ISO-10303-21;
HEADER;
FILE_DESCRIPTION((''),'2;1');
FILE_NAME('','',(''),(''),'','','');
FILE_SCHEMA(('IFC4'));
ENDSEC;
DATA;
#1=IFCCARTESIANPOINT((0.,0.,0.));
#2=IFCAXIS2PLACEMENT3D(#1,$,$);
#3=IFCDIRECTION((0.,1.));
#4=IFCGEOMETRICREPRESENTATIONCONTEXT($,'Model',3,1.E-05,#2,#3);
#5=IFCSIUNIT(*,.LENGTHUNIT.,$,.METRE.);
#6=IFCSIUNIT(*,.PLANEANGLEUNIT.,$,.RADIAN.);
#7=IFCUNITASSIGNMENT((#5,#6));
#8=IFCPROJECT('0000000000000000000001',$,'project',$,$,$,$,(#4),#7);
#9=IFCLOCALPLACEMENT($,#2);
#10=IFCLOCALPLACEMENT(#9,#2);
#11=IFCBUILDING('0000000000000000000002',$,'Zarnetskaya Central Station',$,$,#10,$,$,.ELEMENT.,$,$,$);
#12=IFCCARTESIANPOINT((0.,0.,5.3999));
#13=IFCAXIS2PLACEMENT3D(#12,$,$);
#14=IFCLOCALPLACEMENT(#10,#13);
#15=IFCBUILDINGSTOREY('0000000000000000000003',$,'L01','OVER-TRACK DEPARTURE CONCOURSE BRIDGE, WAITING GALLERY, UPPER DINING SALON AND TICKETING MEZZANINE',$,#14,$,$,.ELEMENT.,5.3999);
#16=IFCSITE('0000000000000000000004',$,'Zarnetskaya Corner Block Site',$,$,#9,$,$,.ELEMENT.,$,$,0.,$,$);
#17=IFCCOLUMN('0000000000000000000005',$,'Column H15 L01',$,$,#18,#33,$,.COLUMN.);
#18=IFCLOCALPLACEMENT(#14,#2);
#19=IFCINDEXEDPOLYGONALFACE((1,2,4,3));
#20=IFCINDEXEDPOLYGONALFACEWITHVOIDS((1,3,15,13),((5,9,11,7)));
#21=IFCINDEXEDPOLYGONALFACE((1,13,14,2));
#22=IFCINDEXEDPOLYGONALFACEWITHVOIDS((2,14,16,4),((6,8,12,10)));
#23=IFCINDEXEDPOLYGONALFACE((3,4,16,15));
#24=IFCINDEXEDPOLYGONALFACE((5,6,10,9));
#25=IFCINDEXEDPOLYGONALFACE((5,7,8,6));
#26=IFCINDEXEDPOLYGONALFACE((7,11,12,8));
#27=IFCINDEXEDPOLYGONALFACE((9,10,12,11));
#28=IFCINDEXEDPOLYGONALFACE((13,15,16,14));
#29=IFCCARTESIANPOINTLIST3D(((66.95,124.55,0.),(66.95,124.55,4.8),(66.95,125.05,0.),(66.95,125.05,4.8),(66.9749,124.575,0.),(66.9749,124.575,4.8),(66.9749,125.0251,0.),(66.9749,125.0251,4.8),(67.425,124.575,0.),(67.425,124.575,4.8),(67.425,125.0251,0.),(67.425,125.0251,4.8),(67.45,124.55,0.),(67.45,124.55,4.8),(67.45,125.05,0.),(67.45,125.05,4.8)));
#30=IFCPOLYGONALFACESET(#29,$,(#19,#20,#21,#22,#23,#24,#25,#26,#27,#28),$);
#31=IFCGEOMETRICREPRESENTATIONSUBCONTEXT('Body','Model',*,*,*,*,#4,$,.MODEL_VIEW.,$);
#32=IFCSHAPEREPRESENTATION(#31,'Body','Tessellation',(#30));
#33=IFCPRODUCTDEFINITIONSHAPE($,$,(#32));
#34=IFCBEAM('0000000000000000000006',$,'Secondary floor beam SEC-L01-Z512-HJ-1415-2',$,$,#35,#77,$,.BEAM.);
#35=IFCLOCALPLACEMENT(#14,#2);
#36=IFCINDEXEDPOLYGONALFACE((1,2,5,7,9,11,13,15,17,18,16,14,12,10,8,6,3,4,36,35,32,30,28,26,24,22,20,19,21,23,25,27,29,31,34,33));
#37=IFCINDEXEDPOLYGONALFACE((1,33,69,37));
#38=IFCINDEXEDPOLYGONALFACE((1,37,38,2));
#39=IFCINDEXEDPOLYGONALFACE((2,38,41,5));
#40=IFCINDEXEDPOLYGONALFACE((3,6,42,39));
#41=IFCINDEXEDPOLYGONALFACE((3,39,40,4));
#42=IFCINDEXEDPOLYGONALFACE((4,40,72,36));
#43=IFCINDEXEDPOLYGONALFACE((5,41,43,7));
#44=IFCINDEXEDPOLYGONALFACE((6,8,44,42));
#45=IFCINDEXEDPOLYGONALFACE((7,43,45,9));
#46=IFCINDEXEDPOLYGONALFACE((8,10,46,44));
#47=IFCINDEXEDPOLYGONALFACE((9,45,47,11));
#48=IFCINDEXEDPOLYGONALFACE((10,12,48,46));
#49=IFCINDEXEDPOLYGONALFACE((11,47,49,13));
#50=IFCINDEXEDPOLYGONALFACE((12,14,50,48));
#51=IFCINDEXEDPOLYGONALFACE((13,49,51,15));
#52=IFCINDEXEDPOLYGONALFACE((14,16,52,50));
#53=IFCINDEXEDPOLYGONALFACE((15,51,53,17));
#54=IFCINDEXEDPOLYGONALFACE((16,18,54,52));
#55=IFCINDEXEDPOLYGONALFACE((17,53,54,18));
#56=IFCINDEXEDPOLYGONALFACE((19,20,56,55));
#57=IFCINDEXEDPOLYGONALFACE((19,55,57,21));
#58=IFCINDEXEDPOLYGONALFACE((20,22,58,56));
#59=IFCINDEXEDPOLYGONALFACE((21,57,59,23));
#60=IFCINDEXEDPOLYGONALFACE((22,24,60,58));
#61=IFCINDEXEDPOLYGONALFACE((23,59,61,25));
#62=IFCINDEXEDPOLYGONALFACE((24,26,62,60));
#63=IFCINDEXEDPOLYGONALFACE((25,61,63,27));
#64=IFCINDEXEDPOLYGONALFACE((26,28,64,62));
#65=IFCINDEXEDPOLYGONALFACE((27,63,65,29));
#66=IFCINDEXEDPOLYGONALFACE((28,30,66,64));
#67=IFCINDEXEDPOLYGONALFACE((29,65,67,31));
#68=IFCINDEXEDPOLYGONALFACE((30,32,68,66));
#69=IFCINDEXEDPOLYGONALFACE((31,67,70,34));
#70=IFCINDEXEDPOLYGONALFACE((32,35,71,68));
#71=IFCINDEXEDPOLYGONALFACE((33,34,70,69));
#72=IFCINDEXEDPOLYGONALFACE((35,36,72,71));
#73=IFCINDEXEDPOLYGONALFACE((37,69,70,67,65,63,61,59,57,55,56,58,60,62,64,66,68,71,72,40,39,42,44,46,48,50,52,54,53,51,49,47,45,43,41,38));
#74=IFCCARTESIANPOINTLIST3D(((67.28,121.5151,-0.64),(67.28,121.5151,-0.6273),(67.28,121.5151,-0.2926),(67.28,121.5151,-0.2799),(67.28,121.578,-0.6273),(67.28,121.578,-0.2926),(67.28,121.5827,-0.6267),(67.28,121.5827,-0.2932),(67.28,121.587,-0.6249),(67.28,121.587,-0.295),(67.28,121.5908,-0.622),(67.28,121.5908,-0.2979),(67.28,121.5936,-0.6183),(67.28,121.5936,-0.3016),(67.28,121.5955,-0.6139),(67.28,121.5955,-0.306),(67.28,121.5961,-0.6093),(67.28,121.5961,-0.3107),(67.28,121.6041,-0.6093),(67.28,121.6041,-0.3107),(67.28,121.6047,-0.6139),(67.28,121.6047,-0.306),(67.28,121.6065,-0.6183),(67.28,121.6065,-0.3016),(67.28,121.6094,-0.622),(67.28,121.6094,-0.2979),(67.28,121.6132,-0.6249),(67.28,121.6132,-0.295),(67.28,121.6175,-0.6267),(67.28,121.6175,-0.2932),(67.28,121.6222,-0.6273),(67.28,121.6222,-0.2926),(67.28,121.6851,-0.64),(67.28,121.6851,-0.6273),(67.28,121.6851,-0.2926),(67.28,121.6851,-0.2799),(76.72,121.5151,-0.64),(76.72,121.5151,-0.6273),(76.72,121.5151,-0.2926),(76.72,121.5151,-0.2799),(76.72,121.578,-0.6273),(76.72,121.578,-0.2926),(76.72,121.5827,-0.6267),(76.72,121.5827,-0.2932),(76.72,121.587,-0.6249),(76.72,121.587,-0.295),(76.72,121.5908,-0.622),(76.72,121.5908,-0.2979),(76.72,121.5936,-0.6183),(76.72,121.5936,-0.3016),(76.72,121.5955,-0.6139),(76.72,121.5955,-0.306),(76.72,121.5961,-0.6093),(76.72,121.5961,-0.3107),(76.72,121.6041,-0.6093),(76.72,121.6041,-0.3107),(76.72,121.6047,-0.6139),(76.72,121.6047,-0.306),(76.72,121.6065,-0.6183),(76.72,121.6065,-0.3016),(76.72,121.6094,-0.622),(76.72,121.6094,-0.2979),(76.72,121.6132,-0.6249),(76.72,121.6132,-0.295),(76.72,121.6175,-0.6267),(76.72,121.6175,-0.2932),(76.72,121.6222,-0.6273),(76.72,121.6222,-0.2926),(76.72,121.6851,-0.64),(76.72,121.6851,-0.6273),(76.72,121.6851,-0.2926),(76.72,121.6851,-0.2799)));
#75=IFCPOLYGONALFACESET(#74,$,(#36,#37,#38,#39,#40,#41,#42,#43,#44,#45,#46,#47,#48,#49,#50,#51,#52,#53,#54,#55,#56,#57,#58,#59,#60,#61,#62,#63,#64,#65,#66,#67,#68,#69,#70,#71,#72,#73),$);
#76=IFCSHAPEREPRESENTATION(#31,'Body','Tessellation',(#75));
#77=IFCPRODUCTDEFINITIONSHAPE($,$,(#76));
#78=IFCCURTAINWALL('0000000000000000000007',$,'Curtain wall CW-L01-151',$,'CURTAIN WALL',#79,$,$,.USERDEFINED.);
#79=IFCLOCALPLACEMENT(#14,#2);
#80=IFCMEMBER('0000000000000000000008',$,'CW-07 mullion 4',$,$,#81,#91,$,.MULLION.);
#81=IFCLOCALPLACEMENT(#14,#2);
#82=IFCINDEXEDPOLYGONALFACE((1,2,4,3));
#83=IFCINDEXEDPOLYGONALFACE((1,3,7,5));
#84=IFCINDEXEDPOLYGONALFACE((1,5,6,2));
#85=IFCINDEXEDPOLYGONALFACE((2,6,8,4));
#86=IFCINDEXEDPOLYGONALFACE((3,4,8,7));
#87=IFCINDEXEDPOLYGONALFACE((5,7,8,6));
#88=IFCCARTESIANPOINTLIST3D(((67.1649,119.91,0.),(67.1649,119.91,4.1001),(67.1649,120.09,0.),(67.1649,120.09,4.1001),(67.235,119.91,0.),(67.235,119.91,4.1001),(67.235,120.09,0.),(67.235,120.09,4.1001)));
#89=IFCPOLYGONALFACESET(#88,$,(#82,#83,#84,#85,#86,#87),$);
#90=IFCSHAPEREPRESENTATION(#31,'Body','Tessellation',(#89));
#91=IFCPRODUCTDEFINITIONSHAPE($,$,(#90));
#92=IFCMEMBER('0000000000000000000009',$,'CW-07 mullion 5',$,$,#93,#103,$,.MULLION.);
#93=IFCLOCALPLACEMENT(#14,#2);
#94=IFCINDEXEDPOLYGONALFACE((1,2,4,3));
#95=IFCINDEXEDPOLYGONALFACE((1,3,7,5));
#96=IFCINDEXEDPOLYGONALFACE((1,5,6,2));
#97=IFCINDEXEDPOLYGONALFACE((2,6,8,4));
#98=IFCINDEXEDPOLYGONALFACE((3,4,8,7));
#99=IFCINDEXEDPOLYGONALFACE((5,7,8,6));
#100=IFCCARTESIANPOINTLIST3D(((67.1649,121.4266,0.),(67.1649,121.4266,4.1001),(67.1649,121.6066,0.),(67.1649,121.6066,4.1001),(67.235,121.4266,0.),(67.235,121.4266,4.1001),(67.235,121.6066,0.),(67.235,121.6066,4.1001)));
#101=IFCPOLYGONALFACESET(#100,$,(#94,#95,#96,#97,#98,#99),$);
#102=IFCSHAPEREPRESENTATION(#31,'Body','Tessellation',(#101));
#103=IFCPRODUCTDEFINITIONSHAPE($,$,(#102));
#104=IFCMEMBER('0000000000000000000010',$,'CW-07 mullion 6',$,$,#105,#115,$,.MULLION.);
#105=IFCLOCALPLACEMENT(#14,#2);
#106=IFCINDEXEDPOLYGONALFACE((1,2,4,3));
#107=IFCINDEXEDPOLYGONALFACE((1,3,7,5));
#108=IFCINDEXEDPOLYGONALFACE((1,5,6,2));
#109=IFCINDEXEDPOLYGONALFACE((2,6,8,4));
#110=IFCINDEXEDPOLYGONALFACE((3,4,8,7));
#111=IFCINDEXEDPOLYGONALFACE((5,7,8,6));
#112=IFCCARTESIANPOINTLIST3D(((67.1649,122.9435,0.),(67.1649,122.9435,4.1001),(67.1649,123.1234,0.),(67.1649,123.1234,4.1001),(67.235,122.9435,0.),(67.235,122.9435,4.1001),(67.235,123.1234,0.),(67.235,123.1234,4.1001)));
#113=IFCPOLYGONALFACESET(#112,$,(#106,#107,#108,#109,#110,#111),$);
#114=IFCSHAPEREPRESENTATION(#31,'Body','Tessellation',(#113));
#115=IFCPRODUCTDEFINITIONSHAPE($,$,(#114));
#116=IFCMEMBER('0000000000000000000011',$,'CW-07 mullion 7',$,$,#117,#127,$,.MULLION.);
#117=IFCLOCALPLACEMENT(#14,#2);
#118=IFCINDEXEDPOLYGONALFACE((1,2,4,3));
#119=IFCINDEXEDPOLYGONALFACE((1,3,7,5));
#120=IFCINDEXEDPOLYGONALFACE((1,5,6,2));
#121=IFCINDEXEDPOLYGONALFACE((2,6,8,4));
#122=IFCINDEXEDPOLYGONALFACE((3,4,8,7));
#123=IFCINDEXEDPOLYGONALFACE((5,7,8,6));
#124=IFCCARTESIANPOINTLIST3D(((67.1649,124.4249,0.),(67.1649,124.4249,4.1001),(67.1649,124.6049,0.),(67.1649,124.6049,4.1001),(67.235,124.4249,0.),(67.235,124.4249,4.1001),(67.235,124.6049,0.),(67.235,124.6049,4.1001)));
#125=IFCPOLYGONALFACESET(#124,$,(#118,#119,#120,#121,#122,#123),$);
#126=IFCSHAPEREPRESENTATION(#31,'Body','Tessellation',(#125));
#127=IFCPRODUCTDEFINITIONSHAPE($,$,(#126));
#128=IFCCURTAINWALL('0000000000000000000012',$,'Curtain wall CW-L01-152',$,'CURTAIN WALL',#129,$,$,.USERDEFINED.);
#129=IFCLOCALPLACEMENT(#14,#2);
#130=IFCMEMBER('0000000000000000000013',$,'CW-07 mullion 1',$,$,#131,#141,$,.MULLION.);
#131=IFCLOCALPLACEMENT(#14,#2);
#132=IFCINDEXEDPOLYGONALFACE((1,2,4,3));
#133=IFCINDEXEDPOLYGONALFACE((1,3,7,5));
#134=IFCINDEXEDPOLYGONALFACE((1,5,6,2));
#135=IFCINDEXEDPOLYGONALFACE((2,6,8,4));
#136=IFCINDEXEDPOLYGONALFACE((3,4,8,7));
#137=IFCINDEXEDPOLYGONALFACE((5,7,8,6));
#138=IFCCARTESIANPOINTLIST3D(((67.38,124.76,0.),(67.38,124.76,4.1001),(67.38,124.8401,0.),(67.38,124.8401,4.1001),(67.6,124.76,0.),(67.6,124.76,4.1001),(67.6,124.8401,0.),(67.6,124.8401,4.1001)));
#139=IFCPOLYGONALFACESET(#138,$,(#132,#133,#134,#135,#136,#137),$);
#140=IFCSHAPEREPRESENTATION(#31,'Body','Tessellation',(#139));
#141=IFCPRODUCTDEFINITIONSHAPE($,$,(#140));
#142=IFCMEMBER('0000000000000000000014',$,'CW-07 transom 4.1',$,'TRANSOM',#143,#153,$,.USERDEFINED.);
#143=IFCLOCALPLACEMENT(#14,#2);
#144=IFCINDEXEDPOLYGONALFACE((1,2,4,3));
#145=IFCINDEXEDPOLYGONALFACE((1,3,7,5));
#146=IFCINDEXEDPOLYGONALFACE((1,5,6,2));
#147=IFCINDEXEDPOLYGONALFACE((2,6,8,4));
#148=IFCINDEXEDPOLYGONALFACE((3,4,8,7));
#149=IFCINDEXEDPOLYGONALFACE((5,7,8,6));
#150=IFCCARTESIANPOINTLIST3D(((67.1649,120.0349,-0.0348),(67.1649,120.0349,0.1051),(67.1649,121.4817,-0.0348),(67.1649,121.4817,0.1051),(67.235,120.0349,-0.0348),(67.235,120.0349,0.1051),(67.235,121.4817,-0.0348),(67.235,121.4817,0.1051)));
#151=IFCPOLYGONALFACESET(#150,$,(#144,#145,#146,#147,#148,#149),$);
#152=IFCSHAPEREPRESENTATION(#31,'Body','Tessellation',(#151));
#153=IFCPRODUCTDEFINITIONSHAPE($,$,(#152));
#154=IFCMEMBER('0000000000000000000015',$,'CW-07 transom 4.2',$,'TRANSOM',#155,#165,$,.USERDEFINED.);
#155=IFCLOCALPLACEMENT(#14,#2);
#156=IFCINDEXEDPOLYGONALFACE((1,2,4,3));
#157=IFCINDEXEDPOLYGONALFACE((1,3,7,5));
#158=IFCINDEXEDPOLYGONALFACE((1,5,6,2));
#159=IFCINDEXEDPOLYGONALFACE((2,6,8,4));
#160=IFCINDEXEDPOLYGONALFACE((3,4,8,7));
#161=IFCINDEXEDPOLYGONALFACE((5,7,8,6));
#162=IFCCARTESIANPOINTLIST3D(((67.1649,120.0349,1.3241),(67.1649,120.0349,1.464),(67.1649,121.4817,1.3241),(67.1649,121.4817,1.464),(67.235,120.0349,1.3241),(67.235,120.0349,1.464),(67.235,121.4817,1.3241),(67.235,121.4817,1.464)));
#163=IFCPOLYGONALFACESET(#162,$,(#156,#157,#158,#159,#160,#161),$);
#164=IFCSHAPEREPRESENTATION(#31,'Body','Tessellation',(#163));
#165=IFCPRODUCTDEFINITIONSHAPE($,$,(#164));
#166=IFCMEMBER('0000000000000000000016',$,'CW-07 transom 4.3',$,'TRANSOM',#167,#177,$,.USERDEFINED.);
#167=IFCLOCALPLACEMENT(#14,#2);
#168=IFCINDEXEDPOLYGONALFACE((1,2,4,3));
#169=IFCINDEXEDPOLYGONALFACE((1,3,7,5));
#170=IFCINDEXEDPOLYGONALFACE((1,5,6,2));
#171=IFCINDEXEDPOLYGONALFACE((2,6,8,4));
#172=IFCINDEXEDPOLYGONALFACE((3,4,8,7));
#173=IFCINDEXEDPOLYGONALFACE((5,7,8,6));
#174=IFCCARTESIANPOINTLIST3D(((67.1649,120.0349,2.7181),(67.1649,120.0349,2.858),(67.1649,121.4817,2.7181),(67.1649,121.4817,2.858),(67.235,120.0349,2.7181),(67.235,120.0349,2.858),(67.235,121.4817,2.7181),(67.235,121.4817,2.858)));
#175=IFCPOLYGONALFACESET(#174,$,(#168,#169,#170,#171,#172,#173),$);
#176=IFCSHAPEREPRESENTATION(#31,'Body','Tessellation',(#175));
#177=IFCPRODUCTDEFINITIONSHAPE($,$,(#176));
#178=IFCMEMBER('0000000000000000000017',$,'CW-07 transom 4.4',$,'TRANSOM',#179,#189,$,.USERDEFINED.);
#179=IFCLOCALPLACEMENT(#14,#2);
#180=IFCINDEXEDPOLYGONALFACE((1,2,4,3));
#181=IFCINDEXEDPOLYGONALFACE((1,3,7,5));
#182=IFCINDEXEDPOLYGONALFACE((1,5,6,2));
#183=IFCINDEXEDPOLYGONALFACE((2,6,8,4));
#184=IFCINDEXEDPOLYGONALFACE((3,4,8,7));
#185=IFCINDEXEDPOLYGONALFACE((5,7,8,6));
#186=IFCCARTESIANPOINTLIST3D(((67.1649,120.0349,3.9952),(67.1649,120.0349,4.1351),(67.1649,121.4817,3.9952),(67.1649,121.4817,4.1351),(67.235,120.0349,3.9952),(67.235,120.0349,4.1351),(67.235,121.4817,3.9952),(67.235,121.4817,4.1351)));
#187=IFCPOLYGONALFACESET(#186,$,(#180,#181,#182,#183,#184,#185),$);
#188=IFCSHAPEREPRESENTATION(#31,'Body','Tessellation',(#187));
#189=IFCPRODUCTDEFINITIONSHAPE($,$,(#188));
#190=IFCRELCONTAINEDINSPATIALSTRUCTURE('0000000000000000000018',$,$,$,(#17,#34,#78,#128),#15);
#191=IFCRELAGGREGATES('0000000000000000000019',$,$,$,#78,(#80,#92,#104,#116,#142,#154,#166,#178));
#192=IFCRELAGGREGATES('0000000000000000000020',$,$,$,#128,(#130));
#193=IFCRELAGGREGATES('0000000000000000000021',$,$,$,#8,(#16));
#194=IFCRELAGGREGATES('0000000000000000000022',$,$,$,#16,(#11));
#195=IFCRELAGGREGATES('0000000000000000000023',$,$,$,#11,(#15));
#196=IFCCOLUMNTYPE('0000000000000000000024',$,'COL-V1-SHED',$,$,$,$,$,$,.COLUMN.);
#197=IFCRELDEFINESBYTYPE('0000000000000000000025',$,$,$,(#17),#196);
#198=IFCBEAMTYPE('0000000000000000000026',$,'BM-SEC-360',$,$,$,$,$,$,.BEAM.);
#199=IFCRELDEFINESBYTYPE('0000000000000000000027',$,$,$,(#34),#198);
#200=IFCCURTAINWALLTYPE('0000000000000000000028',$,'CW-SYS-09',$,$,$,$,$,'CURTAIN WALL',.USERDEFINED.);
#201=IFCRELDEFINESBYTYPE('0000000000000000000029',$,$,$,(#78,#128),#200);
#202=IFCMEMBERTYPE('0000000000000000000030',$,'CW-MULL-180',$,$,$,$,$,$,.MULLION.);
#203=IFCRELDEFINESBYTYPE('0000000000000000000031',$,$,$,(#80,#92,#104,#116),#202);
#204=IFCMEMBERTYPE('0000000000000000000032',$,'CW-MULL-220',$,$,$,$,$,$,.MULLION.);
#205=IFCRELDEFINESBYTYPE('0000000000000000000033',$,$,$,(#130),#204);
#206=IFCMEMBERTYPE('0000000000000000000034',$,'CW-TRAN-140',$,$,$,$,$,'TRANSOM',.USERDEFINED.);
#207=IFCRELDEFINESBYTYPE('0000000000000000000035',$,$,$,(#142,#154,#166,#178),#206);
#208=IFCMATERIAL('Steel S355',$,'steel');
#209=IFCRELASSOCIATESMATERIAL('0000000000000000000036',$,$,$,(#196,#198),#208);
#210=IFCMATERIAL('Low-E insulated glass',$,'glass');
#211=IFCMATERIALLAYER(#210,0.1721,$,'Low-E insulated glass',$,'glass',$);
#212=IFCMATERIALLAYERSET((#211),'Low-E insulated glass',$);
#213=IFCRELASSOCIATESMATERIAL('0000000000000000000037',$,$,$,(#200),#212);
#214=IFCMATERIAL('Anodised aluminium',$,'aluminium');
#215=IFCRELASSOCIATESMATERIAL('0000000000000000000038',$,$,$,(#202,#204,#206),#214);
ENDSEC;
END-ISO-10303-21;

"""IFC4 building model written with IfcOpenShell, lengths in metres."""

from ifc_helpers import new_model, si_unit, direction, frame, origin, origin_2d, place, context, subcontext, project, spatial, rectangle, hollow_rectangle, i_section, extrude, material, layer, layer_set, material_profile, profile_set, type_object, element, aggregate, save


model = new_model("IFC4")

# Units and contexts
model_context = context("Model", 3, precision=1e-05, world=origin(), true_north=direction((0.0, 1.0)))
body_context = subcontext(model_context, "Body", "Model", "MODEL_VIEW")
ifc_project = project(units=[si_unit("LENGTHUNIT", "METRE"), si_unit("PLANEANGLEUNIT", "RADIAN")], contexts=[model_context])

# Site, building, storey
site_placement = place(None, origin())
site = spatial("IfcSite", under=ifc_project, at=site_placement, Name="Zarnetskaya Corner Block Site", CompositionType="ELEMENT", RefElevation=0.0)
building_placement = place(site_placement, origin())
building = spatial("IfcBuilding", under=site, at=building_placement, Name="Zarnetskaya Central Station", CompositionType="ELEMENT")
storey_placement = place(building_placement, frame((0.0, 0.0, 5.3999)))
storey = spatial("IfcBuildingStorey", under=building, at=storey_placement, Name="L01", Description="OVER-TRACK DEPARTURE CONCOURSE BRIDGE, WAITING GALLERY, UPPER DINING SALON AND TICKETING MEZZANINE", CompositionType="ELEMENT", Elevation=5.3999)

# Column
ifc_material_1 = material(Name="Steel S355", Category="steel")
ifc_material_profile_1 = material_profile(ifc_material_1, hollow_rectangle(XDim=0.5, YDim=0.5, WallThickness=0.0249, at=origin_2d()), Name="BOX 500x500x25")
ifc_profile_set_1 = profile_set([ifc_material_profile_1], Name="Steel S355")
column_type = type_object("IfcColumnType", Name="COL-V1-SHED", PredefinedType="COLUMN", material=ifc_profile_set_1)
column_placement = place(storey_placement, frame((67.2, 124.8, 0.0), z_axis=(0.0, 0.0, 1.0), x_axis=(1.0, 0.0, 0.0)))
element("IfcColumn", 1, at=column_placement, inside=storey, type_object=column_type, Name="Column H15 L01", PredefinedType="COLUMN", context=body_context, shape_type="SweptSolid", body=[
    extrude(hollow_rectangle(XDim=0.5, YDim=0.5, WallThickness=0.0249, at=origin_2d()), origin(), (0.0, 0.0, 1.0), 4.8),
])

# Beam
ifc_material_profile_2 = material_profile(ifc_material_1, i_section(OverallWidth=0.1699, OverallDepth=0.3601, WebThickness=0.0081, FlangeThickness=0.0127, FilletRadius=0.0181, at=origin_2d()), Name="IPE 360")
ifc_profile_set_2 = profile_set([ifc_material_profile_2], Name="Steel S355")
beam_type_1 = type_object("IfcBeamType", Name="BM-SEC-360", PredefinedType="BEAM", material=ifc_profile_set_2)
beam_1_placement = place(storey_placement, frame((67.28, 121.6001, -0.46), z_axis=(1.0, 0.0, 0.0), x_axis=(0.0, 1.0, 0.0)))
element("IfcBeam", 2, at=beam_1_placement, inside=storey, type_object=beam_type_1, Name="Secondary floor beam SEC-L01-Z512-HJ-1415-2", PredefinedType="BEAM", context=body_context, shape_type="SweptSolid", body=[
    extrude(i_section(OverallWidth=0.1699, OverallDepth=0.3601, WebThickness=0.0081, FlangeThickness=0.0127, FilletRadius=0.0181, at=origin_2d()), origin(), (0.0, 0.0, 1.0), 9.4399),
])

# Curtain wall, members
ifc_material_2 = material(Name="Low-E insulated glass", Category="glass")
ifc_layer_1 = layer(ifc_material_2, 0.1721, Name="Low-E insulated glass", Category="glass")
ifc_layer_set_1 = layer_set([ifc_layer_1], Name="Low-E insulated glass")
curtain_wall_type = type_object("IfcCurtainWallType", Name="CW-SYS-09", ElementType="CURTAIN WALL", PredefinedType="USERDEFINED", material=ifc_layer_set_1)
curtain_wall_1_placement = place(storey_placement, origin())
curtain_wall_1 = element("IfcCurtainWall", 3, at=curtain_wall_1_placement, inside=storey, type_object=curtain_wall_type, Name="Curtain wall CW-L01-151", ObjectType="CURTAIN WALL", PredefinedType="USERDEFINED")
ifc_material_3 = material(Name="Anodised aluminium", Category="aluminium")
ifc_material_profile_3 = material_profile(ifc_material_3, rectangle(XDim=0.0701, YDim=0.1799, at=origin_2d()), Name="ALU MULL 70x180")
ifc_profile_set_3 = profile_set([ifc_material_profile_3], Name="Anodised aluminium")
member_type_1 = type_object("IfcMemberType", Name="CW-MULL-180", PredefinedType="MULLION", material=ifc_profile_set_3)
member_1_placement = place(storey_placement, frame((67.2, 120.0, 0.0), z_axis=(0.0, 0.0, 1.0), x_axis=(-1.0, 0.0, 0.0)))
member_1 = element("IfcMember", 4, at=member_1_placement, type_object=member_type_1, Name="CW-07 mullion 4", PredefinedType="MULLION", context=body_context, shape_type="SweptSolid", body=[
    extrude(rectangle(XDim=0.0701, YDim=0.1799, at=origin_2d()), origin(), (0.0, 0.0, 1.0), 4.1001),
])
member_2_placement = place(storey_placement, frame((67.2, 121.5166, 0.0), z_axis=(0.0, 0.0, 1.0), x_axis=(-1.0, 0.0, 0.0)))
member_2 = element("IfcMember", 5, at=member_2_placement, type_object=member_type_1, Name="CW-07 mullion 5", PredefinedType="MULLION", context=body_context, shape_type="SweptSolid", body=[
    extrude(rectangle(XDim=0.0701, YDim=0.1799, at=origin_2d()), origin(), (0.0, 0.0, 1.0), 4.1001),
])
member_3_placement = place(storey_placement, frame((67.2, 123.0334, 0.0), z_axis=(0.0, 0.0, 1.0), x_axis=(-1.0, 0.0, 0.0)))
member_3 = element("IfcMember", 6, at=member_3_placement, type_object=member_type_1, Name="CW-07 mullion 6", PredefinedType="MULLION", context=body_context, shape_type="SweptSolid", body=[
    extrude(rectangle(XDim=0.0701, YDim=0.1799, at=origin_2d()), origin(), (0.0, 0.0, 1.0), 4.1001),
])
member_4_placement = place(storey_placement, frame((67.2, 124.5149, 0.0), z_axis=(0.0, 0.0, 1.0), x_axis=(-1.0, 0.0, 0.0)))
member_4 = element("IfcMember", 7, at=member_4_placement, type_object=member_type_1, Name="CW-07 mullion 7", PredefinedType="MULLION", context=body_context, shape_type="SweptSolid", body=[
    extrude(rectangle(XDim=0.0701, YDim=0.1799, at=origin_2d()), origin(), (0.0, 0.0, 1.0), 4.1001),
])

# Curtain wall, member
curtain_wall_2_placement = place(storey_placement, origin())
curtain_wall_2 = element("IfcCurtainWall", 8, at=curtain_wall_2_placement, inside=storey, type_object=curtain_wall_type, Name="Curtain wall CW-L01-152", ObjectType="CURTAIN WALL", PredefinedType="USERDEFINED")
ifc_material_profile_4 = material_profile(ifc_material_3, rectangle(XDim=0.0801, YDim=0.22, at=origin_2d()), Name="ALU MULL 80x220")
ifc_profile_set_4 = profile_set([ifc_material_profile_4], Name="Anodised aluminium")
member_type_2 = type_object("IfcMemberType", Name="CW-MULL-220", PredefinedType="MULLION", material=ifc_profile_set_4)
member_5_placement = place(storey_placement, frame((67.49, 124.8, 0.0), z_axis=(0.0, 0.0, 1.0), x_axis=(0.0, 1.0, 0.0)))
member_5 = element("IfcMember", 9, at=member_5_placement, type_object=member_type_2, Name="CW-07 mullion 1", PredefinedType="MULLION", context=body_context, shape_type="SweptSolid", body=[
    extrude(rectangle(XDim=0.0801, YDim=0.22, at=origin_2d()), origin(), (0.0, 0.0, 1.0), 4.1001),
])

# Members
ifc_material_profile_5 = material_profile(ifc_material_3, rectangle(XDim=0.0701, YDim=0.1399, at=origin_2d()), Name="ALU TRAN 70x140")
ifc_profile_set_5 = profile_set([ifc_material_profile_5], Name="Anodised aluminium")
member_type_3 = type_object("IfcMemberType", Name="CW-TRAN-140", ElementType="TRANSOM", PredefinedType="USERDEFINED", material=ifc_profile_set_5)
member_6_placement = place(storey_placement, frame((67.2, 120.0349, 0.0352), z_axis=(0.0, 1.0, 0.0), x_axis=(-1.0, 0.0, 0.0)))
member_6 = element("IfcMember", 10, at=member_6_placement, type_object=member_type_3, Name="CW-07 transom 4.1", ObjectType="TRANSOM", PredefinedType="USERDEFINED", context=body_context, shape_type="SweptSolid", body=[
    extrude(rectangle(XDim=0.0701, YDim=0.1399, at=origin_2d()), origin(), (0.0, 0.0, 1.0), 1.4468),
])
member_7_placement = place(storey_placement, frame((67.2, 120.0349, 1.394), z_axis=(0.0, 1.0, 0.0), x_axis=(-1.0, 0.0, 0.0)))
member_7 = element("IfcMember", 11, at=member_7_placement, type_object=member_type_3, Name="CW-07 transom 4.2", ObjectType="TRANSOM", PredefinedType="USERDEFINED", context=body_context, shape_type="SweptSolid", body=[
    extrude(rectangle(XDim=0.0701, YDim=0.1399, at=origin_2d()), origin(), (0.0, 0.0, 1.0), 1.4468),
])
member_8_placement = place(storey_placement, frame((67.2, 120.0349, 2.7881), z_axis=(0.0, 1.0, 0.0), x_axis=(-1.0, 0.0, 0.0)))
member_8 = element("IfcMember", 12, at=member_8_placement, type_object=member_type_3, Name="CW-07 transom 4.3", ObjectType="TRANSOM", PredefinedType="USERDEFINED", context=body_context, shape_type="SweptSolid", body=[
    extrude(rectangle(XDim=0.0701, YDim=0.1399, at=origin_2d()), origin(), (0.0, 0.0, 1.0), 1.4468),
])
member_9_placement = place(storey_placement, frame((67.2, 120.0349, 4.0652), z_axis=(0.0, 1.0, 0.0), x_axis=(-1.0, 0.0, 0.0)))
member_9 = element("IfcMember", 13, at=member_9_placement, type_object=member_type_3, Name="CW-07 transom 4.4", ObjectType="TRANSOM", PredefinedType="USERDEFINED", context=body_context, shape_type="SweptSolid", body=[
    extrude(rectangle(XDim=0.0701, YDim=0.1399, at=origin_2d()), origin(), (0.0, 0.0, 1.0), 1.4468),
])

aggregate(curtain_wall_1, [member_1, member_2, member_3, member_4, member_6, member_7, member_8, member_9])
aggregate(curtain_wall_2, [member_5])

save(model, "model.ifc")
